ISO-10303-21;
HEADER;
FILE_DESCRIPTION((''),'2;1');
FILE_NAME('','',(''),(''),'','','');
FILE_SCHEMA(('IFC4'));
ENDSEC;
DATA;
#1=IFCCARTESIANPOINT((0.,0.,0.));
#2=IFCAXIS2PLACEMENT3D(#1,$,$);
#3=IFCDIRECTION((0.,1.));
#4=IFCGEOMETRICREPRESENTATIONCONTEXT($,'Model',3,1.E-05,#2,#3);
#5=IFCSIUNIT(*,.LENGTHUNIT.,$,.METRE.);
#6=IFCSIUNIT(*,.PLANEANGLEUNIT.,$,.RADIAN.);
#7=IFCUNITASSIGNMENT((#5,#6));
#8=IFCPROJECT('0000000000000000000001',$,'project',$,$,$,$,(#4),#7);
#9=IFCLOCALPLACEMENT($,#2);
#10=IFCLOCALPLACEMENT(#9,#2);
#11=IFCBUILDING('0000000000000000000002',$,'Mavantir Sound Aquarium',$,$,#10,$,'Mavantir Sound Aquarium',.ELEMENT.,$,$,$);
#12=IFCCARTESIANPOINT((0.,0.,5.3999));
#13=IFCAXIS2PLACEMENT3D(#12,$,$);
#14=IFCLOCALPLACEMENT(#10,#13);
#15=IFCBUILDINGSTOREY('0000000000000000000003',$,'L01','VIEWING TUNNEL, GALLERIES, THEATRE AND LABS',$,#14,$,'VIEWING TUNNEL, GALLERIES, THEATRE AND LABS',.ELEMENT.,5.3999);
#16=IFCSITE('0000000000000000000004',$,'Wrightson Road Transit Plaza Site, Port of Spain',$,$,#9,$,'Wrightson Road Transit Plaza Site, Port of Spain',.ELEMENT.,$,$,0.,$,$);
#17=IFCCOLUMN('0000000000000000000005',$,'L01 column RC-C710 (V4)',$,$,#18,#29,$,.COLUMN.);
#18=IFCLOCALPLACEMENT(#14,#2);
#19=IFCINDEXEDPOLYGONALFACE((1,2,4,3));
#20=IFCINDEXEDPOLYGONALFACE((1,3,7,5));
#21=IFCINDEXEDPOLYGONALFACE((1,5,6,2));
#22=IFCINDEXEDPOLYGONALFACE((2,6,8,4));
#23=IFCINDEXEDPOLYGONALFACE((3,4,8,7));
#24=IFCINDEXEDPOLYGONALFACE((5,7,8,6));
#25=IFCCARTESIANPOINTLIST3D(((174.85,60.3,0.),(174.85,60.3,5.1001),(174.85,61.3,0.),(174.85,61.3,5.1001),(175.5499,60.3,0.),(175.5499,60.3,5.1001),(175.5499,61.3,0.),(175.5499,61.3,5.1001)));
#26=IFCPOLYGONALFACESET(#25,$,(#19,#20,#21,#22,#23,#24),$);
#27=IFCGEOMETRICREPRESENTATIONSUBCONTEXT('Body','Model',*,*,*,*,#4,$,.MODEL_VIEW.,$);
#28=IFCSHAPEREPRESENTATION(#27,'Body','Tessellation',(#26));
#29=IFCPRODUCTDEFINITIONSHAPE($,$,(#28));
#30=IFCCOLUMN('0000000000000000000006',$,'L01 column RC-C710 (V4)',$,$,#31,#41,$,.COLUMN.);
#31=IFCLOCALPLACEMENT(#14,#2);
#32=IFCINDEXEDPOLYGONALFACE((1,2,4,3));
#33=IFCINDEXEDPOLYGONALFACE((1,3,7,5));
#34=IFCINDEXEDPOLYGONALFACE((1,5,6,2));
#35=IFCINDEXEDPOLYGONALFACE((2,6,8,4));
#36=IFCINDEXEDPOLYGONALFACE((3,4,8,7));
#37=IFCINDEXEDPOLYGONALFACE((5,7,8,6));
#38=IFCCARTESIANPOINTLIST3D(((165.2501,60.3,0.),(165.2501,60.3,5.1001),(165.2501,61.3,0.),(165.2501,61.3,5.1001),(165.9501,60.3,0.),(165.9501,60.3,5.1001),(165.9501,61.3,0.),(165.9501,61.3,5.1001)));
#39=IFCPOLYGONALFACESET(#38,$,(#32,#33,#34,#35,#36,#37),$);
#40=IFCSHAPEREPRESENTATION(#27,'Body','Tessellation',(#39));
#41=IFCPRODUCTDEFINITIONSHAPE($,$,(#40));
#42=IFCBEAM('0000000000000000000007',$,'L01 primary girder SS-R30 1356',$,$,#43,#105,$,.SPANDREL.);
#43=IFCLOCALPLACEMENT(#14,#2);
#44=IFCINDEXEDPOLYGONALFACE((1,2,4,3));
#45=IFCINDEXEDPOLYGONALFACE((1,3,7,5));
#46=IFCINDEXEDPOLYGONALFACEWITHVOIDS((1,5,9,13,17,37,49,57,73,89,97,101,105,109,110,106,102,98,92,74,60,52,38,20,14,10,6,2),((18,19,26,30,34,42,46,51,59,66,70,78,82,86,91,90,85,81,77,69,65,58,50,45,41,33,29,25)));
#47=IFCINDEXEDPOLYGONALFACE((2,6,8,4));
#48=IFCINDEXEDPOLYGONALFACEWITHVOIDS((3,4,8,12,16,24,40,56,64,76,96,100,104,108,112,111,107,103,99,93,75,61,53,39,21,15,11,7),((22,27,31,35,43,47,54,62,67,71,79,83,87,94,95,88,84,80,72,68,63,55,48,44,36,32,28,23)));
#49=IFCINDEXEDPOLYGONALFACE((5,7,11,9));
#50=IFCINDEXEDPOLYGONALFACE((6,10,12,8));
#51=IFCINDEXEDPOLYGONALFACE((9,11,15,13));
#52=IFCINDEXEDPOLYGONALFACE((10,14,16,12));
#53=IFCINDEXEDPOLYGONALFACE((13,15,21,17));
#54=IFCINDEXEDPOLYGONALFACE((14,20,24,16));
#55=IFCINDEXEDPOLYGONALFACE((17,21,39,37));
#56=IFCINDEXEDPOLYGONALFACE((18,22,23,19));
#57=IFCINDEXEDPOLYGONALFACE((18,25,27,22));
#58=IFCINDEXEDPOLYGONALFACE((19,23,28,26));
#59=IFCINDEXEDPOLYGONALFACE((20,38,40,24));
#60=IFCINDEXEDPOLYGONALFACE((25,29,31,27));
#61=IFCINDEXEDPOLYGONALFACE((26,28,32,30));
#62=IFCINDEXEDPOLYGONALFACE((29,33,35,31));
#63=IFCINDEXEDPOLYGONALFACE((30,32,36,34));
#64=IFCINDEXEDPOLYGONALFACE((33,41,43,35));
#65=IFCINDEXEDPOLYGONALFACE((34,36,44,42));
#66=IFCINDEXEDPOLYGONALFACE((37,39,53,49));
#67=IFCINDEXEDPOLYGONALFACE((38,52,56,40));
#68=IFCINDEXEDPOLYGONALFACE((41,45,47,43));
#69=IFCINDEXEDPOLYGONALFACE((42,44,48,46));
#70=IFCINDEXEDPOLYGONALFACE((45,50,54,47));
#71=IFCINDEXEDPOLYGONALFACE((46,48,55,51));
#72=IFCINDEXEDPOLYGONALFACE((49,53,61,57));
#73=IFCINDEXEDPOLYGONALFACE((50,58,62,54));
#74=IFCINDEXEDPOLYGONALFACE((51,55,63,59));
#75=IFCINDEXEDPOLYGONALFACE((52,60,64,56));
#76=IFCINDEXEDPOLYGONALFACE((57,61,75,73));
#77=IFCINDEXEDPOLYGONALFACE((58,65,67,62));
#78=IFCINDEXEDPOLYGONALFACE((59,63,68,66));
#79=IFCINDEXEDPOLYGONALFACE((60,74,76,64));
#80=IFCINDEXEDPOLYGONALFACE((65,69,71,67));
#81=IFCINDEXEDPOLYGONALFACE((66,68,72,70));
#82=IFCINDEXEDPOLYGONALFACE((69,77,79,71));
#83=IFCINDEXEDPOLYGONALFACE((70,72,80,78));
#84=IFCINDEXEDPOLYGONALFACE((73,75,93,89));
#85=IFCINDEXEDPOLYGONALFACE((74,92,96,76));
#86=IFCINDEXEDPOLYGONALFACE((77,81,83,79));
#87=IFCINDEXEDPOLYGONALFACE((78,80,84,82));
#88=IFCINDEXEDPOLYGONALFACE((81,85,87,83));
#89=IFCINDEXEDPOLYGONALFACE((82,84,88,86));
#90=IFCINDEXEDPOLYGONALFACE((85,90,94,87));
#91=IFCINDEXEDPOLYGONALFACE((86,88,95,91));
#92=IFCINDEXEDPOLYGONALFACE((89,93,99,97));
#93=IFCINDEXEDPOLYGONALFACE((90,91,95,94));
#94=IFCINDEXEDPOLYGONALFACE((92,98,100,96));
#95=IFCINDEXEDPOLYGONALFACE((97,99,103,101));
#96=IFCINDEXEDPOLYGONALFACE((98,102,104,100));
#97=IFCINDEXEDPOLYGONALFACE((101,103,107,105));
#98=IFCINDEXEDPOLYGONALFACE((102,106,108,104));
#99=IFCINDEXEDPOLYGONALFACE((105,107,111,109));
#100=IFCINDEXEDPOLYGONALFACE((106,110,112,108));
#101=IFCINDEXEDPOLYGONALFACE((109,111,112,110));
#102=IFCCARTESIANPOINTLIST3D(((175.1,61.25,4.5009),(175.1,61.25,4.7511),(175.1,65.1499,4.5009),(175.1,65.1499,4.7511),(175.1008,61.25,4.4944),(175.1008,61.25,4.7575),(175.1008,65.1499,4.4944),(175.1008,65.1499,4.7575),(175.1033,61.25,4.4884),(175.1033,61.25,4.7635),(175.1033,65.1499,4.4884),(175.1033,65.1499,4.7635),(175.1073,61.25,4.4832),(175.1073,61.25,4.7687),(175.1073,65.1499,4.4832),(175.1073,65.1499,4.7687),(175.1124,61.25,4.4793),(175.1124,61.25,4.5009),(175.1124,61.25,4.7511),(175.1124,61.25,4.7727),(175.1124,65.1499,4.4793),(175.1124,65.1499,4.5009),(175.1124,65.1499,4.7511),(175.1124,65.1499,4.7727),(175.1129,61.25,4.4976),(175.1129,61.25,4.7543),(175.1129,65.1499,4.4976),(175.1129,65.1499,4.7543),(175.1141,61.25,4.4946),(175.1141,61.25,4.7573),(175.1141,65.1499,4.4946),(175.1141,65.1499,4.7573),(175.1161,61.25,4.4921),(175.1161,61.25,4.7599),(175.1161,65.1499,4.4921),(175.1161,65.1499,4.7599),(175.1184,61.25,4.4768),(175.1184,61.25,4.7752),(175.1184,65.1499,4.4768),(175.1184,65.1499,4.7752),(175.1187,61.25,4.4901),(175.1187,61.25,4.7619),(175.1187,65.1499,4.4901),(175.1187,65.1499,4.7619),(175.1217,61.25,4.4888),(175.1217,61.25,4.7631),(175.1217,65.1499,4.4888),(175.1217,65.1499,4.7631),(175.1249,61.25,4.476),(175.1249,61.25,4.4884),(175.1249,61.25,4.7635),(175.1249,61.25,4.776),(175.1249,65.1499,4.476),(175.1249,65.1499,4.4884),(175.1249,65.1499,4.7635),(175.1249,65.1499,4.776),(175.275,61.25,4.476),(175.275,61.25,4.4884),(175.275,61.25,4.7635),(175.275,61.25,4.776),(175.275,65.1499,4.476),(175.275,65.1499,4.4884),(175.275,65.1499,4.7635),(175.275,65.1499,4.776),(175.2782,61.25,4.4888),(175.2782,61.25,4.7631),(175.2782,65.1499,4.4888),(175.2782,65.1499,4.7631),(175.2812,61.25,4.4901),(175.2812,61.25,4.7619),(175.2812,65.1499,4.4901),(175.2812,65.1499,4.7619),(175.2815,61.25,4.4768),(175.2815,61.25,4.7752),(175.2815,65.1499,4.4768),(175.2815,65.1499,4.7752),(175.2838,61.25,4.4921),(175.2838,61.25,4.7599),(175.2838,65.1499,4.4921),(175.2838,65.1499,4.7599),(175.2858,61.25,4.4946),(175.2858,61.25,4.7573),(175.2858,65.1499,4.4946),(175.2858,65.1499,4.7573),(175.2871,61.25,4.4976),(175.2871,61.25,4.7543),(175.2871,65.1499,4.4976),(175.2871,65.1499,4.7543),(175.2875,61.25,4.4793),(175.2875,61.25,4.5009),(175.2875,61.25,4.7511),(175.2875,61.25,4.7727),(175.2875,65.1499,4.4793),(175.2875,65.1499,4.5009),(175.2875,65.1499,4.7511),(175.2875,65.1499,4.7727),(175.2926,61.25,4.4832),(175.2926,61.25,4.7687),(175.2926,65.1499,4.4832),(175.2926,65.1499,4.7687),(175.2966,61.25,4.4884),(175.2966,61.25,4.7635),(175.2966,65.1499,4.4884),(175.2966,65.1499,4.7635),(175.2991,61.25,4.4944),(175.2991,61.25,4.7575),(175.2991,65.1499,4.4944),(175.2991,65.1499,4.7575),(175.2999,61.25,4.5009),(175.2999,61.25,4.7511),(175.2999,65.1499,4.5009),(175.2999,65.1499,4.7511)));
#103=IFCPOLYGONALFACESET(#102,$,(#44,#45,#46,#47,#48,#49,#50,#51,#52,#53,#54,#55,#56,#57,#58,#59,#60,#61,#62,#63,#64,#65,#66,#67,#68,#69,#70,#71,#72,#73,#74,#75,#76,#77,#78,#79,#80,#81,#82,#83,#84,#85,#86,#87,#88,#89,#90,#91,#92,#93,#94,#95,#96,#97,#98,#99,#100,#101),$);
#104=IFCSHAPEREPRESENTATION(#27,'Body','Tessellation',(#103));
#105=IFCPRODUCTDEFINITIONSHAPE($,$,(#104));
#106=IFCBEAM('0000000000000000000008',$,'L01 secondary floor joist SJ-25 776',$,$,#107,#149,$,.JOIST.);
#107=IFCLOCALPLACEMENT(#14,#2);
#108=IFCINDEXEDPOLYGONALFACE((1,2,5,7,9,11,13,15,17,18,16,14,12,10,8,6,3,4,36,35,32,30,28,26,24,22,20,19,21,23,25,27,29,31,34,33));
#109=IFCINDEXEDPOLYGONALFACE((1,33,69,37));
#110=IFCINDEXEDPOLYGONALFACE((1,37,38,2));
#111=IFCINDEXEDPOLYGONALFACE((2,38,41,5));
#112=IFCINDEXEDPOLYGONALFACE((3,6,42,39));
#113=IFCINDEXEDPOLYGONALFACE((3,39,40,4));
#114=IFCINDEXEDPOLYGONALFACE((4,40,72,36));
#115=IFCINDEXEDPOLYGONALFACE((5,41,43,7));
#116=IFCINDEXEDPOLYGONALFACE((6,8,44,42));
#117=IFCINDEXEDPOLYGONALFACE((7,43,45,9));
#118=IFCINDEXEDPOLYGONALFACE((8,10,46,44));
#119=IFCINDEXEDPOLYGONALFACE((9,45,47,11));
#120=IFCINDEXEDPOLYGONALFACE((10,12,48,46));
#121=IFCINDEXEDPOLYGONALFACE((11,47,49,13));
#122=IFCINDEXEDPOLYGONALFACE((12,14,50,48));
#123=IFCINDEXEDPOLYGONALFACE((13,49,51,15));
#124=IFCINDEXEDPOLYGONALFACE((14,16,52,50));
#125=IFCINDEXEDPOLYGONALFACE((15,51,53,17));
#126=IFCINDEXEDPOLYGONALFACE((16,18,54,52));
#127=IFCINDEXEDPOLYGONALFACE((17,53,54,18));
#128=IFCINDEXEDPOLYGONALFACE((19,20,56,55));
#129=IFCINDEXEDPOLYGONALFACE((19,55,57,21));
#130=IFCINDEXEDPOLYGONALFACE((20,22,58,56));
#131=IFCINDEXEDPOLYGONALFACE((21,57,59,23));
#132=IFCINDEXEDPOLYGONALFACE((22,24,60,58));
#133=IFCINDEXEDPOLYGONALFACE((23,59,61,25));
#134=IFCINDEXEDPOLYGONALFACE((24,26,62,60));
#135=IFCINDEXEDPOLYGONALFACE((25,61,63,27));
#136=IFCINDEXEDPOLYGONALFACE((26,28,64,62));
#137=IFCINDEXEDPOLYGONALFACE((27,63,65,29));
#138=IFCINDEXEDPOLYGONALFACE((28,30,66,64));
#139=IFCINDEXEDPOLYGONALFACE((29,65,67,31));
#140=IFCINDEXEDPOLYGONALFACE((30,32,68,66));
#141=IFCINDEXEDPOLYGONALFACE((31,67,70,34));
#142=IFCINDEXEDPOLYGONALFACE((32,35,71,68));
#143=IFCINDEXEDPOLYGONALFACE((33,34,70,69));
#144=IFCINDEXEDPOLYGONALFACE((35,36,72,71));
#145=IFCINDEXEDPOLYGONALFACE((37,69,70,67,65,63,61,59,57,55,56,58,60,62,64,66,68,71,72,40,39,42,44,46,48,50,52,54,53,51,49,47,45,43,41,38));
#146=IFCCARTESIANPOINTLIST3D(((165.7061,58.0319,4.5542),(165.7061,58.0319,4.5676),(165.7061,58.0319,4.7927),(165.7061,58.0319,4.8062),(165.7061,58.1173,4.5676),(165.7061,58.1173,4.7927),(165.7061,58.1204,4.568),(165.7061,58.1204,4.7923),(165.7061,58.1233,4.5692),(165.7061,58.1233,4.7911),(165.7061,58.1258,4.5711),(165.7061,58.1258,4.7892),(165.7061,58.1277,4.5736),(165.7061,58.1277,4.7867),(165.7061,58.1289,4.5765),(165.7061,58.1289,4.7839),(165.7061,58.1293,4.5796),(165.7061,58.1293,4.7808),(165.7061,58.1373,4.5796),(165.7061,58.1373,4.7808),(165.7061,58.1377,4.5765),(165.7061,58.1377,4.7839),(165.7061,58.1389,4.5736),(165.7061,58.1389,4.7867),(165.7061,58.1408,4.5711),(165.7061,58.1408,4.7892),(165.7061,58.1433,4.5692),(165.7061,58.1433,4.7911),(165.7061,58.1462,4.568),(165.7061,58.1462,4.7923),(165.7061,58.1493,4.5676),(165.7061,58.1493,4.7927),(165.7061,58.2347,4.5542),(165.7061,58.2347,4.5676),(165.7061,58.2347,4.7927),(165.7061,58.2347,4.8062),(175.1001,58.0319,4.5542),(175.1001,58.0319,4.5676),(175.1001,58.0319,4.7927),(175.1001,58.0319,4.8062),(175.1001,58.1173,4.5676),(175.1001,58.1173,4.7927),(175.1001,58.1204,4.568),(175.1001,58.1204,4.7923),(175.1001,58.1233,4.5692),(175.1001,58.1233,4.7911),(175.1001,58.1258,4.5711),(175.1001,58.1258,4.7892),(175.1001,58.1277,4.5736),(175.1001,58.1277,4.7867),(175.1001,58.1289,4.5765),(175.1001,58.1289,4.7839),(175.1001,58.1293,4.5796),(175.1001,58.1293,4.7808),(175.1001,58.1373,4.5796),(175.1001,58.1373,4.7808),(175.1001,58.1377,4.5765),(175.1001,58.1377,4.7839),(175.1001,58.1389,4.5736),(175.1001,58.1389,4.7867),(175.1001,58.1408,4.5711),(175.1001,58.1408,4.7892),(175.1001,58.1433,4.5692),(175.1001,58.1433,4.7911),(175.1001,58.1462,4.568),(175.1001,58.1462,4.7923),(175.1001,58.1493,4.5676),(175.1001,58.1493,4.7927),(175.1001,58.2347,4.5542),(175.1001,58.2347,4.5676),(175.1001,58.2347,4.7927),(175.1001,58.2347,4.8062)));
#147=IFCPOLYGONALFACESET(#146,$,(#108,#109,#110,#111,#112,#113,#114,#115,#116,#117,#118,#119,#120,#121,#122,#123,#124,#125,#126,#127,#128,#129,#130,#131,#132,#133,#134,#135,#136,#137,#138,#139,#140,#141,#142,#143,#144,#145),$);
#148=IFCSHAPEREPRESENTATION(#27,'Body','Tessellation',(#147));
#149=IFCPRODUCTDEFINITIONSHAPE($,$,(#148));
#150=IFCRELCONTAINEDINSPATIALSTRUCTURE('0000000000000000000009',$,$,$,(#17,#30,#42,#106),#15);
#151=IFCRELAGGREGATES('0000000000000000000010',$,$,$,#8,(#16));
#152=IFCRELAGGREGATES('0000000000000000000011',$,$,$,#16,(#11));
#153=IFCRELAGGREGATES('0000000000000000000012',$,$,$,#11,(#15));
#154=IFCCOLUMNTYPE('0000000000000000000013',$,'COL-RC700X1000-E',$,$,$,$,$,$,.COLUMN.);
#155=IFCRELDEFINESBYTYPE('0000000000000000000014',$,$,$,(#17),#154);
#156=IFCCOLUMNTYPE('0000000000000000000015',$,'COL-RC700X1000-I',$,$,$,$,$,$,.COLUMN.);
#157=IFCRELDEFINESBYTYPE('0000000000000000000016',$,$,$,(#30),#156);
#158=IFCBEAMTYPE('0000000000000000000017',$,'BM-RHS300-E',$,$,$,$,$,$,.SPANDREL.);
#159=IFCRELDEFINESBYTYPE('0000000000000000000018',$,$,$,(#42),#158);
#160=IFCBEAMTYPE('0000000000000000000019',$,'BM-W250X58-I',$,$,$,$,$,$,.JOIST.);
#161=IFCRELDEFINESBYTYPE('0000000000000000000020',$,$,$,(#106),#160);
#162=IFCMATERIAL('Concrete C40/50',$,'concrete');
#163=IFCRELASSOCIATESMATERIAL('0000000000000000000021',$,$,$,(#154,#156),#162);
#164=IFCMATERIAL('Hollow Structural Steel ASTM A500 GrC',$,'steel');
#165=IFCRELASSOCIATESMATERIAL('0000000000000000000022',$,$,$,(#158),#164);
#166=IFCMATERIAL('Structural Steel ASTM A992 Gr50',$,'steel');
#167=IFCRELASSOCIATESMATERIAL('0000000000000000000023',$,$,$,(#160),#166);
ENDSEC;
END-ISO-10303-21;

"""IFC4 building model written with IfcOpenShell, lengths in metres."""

from ifc_helpers import new_model, si_unit, direction, frame, origin, origin_2d, place, context, subcontext, project, spatial, rectangle, hollow_rectangle, i_section, extrude, material, material_profile, profile_set, type_object, element, save


model = new_model("IFC4")

# Units and contexts
model_context = context("Model", 3, precision=1e-05, world=origin(), true_north=direction((0.0, 1.0)))
body_context = subcontext(model_context, "Body", "Model", "MODEL_VIEW")
ifc_project = project(units=[si_unit("LENGTHUNIT", "METRE"), si_unit("PLANEANGLEUNIT", "RADIAN")], contexts=[model_context])

# Site, building, storey
site_placement = place(None, origin())
site = spatial("IfcSite", under=ifc_project, at=site_placement, Name="Wrightson Road Transit Plaza Site, Port of Spain", LongName="Wrightson Road Transit Plaza Site, Port of Spain", CompositionType="ELEMENT", RefElevation=0.0)
building_placement = place(site_placement, origin())
building = spatial("IfcBuilding", under=site, at=building_placement, Name="Mavantir Sound Aquarium", LongName="Mavantir Sound Aquarium", CompositionType="ELEMENT")
storey_placement = place(building_placement, frame((0.0, 0.0, 5.3999)))
storey = spatial("IfcBuildingStorey", under=building, at=storey_placement, Name="L01", Description="VIEWING TUNNEL, GALLERIES, THEATRE AND LABS", LongName="VIEWING TUNNEL, GALLERIES, THEATRE AND LABS", CompositionType="ELEMENT", Elevation=5.3999)

# Columns
ifc_material_1 = material(Name="Concrete C40/50", Category="concrete")
ifc_material_profile_1 = material_profile(ifc_material_1, rectangle(XDim=0.7, YDim=1.0, at=origin_2d()), Name="RC 700X1000")
ifc_profile_set_1 = profile_set([ifc_material_profile_1], Name="Concrete C40/50")
column_type_1 = type_object("IfcColumnType", Name="COL-RC700X1000-E", PredefinedType="COLUMN", material=ifc_profile_set_1)
column_1_placement = place(storey_placement, frame((175.2, 60.8, 0.0), z_axis=(0.0, 0.0, 1.0), x_axis=(1.0, 0.0, 0.0)))
element("IfcColumn", 1, at=column_1_placement, inside=storey, type_object=column_type_1, Name="L01 column RC-C710 (V4)", PredefinedType="COLUMN", context=body_context, shape_type="SweptSolid", body=[
    extrude(rectangle(XDim=0.7, YDim=1.0, at=origin_2d()), origin(), (0.0, 0.0, 1.0), 5.1001),
])
ifc_material_profile_2 = material_profile(ifc_material_1, rectangle(XDim=0.7, YDim=1.0, at=origin_2d()), Name="RC 700X1000")
ifc_profile_set_2 = profile_set([ifc_material_profile_2], Name="Concrete C40/50")
column_type_2 = type_object("IfcColumnType", Name="COL-RC700X1000-I", PredefinedType="COLUMN", material=ifc_profile_set_2)
column_2_placement = place(storey_placement, frame((165.6001, 60.8, 0.0), z_axis=(0.0, 0.0, 1.0), x_axis=(1.0, 0.0, 0.0)))
element("IfcColumn", 2, at=column_2_placement, inside=storey, type_object=column_type_2, Name="L01 column RC-C710 (V4)", PredefinedType="COLUMN", context=body_context, shape_type="SweptSolid", body=[
    extrude(rectangle(XDim=0.7, YDim=1.0, at=origin_2d()), origin(), (0.0, 0.0, 1.0), 5.1001),
])

# Beams
ifc_material_2 = material(Name="Hollow Structural Steel ASTM A500 GrC", Category="steel")
ifc_material_profile_3 = material_profile(ifc_material_2, hollow_rectangle(XDim=0.2, YDim=0.3, WallThickness=0.0125, InnerFilletRadius=0.0125, OuterFilletRadius=0.0249, at=origin_2d()), Name="RHS 300X200X12.5")
ifc_profile_set_3 = profile_set([ifc_material_profile_3], Name="Hollow Structural Steel ASTM A500 GrC")
beam_type_1 = type_object("IfcBeamType", Name="BM-RHS300-E", PredefinedType="SPANDREL", material=ifc_profile_set_3)
beam_1_placement = place(storey_placement, frame((175.2, 61.25, 4.626), z_axis=(0.0, 1.0, 0.0), x_axis=(-1.0, 0.0, 0.0)))
element("IfcBeam", 3, at=beam_1_placement, inside=storey, type_object=beam_type_1, Name="L01 primary girder SS-R30 1356", PredefinedType="SPANDREL", context=body_context, shape_type="SweptSolid", body=[
    extrude(hollow_rectangle(XDim=0.2, YDim=0.3, WallThickness=0.0125, InnerFilletRadius=0.0125, OuterFilletRadius=0.0249, at=origin_2d()), origin(), (0.0, 0.0, 1.0), 3.8999),
])
ifc_material_3 = material(Name="Structural Steel ASTM A992 Gr50", Category="steel")
ifc_material_profile_4 = material_profile(ifc_material_3, i_section(OverallWidth=0.2029, OverallDepth=0.252, WebThickness=0.0081, FlangeThickness=0.0134, FilletRadius=0.012, at=origin_2d()), Name="W250X58")
ifc_profile_set_4 = profile_set([ifc_material_profile_4], Name="Structural Steel ASTM A992 Gr50")
beam_type_2 = type_object("IfcBeamType", Name="BM-W250X58-I", PredefinedType="JOIST", material=ifc_profile_set_4)
beam_2_placement = place(storey_placement, frame((165.7061, 58.1333, 4.6802), z_axis=(1.0, 0.0, 0.0), x_axis=(0.0, 1.0, 0.0)))
element("IfcBeam", 4, at=beam_2_placement, inside=storey, type_object=beam_type_2, Name="L01 secondary floor joist SJ-25 776", PredefinedType="JOIST", context=body_context, shape_type="SweptSolid", body=[
    extrude(i_section(OverallWidth=0.2029, OverallDepth=0.252, WebThickness=0.0081, FlangeThickness=0.0134, FilletRadius=0.012, at=origin_2d()), origin(), (0.0, 0.0, 1.0), 9.394),
])

save(model, "model.ifc")
